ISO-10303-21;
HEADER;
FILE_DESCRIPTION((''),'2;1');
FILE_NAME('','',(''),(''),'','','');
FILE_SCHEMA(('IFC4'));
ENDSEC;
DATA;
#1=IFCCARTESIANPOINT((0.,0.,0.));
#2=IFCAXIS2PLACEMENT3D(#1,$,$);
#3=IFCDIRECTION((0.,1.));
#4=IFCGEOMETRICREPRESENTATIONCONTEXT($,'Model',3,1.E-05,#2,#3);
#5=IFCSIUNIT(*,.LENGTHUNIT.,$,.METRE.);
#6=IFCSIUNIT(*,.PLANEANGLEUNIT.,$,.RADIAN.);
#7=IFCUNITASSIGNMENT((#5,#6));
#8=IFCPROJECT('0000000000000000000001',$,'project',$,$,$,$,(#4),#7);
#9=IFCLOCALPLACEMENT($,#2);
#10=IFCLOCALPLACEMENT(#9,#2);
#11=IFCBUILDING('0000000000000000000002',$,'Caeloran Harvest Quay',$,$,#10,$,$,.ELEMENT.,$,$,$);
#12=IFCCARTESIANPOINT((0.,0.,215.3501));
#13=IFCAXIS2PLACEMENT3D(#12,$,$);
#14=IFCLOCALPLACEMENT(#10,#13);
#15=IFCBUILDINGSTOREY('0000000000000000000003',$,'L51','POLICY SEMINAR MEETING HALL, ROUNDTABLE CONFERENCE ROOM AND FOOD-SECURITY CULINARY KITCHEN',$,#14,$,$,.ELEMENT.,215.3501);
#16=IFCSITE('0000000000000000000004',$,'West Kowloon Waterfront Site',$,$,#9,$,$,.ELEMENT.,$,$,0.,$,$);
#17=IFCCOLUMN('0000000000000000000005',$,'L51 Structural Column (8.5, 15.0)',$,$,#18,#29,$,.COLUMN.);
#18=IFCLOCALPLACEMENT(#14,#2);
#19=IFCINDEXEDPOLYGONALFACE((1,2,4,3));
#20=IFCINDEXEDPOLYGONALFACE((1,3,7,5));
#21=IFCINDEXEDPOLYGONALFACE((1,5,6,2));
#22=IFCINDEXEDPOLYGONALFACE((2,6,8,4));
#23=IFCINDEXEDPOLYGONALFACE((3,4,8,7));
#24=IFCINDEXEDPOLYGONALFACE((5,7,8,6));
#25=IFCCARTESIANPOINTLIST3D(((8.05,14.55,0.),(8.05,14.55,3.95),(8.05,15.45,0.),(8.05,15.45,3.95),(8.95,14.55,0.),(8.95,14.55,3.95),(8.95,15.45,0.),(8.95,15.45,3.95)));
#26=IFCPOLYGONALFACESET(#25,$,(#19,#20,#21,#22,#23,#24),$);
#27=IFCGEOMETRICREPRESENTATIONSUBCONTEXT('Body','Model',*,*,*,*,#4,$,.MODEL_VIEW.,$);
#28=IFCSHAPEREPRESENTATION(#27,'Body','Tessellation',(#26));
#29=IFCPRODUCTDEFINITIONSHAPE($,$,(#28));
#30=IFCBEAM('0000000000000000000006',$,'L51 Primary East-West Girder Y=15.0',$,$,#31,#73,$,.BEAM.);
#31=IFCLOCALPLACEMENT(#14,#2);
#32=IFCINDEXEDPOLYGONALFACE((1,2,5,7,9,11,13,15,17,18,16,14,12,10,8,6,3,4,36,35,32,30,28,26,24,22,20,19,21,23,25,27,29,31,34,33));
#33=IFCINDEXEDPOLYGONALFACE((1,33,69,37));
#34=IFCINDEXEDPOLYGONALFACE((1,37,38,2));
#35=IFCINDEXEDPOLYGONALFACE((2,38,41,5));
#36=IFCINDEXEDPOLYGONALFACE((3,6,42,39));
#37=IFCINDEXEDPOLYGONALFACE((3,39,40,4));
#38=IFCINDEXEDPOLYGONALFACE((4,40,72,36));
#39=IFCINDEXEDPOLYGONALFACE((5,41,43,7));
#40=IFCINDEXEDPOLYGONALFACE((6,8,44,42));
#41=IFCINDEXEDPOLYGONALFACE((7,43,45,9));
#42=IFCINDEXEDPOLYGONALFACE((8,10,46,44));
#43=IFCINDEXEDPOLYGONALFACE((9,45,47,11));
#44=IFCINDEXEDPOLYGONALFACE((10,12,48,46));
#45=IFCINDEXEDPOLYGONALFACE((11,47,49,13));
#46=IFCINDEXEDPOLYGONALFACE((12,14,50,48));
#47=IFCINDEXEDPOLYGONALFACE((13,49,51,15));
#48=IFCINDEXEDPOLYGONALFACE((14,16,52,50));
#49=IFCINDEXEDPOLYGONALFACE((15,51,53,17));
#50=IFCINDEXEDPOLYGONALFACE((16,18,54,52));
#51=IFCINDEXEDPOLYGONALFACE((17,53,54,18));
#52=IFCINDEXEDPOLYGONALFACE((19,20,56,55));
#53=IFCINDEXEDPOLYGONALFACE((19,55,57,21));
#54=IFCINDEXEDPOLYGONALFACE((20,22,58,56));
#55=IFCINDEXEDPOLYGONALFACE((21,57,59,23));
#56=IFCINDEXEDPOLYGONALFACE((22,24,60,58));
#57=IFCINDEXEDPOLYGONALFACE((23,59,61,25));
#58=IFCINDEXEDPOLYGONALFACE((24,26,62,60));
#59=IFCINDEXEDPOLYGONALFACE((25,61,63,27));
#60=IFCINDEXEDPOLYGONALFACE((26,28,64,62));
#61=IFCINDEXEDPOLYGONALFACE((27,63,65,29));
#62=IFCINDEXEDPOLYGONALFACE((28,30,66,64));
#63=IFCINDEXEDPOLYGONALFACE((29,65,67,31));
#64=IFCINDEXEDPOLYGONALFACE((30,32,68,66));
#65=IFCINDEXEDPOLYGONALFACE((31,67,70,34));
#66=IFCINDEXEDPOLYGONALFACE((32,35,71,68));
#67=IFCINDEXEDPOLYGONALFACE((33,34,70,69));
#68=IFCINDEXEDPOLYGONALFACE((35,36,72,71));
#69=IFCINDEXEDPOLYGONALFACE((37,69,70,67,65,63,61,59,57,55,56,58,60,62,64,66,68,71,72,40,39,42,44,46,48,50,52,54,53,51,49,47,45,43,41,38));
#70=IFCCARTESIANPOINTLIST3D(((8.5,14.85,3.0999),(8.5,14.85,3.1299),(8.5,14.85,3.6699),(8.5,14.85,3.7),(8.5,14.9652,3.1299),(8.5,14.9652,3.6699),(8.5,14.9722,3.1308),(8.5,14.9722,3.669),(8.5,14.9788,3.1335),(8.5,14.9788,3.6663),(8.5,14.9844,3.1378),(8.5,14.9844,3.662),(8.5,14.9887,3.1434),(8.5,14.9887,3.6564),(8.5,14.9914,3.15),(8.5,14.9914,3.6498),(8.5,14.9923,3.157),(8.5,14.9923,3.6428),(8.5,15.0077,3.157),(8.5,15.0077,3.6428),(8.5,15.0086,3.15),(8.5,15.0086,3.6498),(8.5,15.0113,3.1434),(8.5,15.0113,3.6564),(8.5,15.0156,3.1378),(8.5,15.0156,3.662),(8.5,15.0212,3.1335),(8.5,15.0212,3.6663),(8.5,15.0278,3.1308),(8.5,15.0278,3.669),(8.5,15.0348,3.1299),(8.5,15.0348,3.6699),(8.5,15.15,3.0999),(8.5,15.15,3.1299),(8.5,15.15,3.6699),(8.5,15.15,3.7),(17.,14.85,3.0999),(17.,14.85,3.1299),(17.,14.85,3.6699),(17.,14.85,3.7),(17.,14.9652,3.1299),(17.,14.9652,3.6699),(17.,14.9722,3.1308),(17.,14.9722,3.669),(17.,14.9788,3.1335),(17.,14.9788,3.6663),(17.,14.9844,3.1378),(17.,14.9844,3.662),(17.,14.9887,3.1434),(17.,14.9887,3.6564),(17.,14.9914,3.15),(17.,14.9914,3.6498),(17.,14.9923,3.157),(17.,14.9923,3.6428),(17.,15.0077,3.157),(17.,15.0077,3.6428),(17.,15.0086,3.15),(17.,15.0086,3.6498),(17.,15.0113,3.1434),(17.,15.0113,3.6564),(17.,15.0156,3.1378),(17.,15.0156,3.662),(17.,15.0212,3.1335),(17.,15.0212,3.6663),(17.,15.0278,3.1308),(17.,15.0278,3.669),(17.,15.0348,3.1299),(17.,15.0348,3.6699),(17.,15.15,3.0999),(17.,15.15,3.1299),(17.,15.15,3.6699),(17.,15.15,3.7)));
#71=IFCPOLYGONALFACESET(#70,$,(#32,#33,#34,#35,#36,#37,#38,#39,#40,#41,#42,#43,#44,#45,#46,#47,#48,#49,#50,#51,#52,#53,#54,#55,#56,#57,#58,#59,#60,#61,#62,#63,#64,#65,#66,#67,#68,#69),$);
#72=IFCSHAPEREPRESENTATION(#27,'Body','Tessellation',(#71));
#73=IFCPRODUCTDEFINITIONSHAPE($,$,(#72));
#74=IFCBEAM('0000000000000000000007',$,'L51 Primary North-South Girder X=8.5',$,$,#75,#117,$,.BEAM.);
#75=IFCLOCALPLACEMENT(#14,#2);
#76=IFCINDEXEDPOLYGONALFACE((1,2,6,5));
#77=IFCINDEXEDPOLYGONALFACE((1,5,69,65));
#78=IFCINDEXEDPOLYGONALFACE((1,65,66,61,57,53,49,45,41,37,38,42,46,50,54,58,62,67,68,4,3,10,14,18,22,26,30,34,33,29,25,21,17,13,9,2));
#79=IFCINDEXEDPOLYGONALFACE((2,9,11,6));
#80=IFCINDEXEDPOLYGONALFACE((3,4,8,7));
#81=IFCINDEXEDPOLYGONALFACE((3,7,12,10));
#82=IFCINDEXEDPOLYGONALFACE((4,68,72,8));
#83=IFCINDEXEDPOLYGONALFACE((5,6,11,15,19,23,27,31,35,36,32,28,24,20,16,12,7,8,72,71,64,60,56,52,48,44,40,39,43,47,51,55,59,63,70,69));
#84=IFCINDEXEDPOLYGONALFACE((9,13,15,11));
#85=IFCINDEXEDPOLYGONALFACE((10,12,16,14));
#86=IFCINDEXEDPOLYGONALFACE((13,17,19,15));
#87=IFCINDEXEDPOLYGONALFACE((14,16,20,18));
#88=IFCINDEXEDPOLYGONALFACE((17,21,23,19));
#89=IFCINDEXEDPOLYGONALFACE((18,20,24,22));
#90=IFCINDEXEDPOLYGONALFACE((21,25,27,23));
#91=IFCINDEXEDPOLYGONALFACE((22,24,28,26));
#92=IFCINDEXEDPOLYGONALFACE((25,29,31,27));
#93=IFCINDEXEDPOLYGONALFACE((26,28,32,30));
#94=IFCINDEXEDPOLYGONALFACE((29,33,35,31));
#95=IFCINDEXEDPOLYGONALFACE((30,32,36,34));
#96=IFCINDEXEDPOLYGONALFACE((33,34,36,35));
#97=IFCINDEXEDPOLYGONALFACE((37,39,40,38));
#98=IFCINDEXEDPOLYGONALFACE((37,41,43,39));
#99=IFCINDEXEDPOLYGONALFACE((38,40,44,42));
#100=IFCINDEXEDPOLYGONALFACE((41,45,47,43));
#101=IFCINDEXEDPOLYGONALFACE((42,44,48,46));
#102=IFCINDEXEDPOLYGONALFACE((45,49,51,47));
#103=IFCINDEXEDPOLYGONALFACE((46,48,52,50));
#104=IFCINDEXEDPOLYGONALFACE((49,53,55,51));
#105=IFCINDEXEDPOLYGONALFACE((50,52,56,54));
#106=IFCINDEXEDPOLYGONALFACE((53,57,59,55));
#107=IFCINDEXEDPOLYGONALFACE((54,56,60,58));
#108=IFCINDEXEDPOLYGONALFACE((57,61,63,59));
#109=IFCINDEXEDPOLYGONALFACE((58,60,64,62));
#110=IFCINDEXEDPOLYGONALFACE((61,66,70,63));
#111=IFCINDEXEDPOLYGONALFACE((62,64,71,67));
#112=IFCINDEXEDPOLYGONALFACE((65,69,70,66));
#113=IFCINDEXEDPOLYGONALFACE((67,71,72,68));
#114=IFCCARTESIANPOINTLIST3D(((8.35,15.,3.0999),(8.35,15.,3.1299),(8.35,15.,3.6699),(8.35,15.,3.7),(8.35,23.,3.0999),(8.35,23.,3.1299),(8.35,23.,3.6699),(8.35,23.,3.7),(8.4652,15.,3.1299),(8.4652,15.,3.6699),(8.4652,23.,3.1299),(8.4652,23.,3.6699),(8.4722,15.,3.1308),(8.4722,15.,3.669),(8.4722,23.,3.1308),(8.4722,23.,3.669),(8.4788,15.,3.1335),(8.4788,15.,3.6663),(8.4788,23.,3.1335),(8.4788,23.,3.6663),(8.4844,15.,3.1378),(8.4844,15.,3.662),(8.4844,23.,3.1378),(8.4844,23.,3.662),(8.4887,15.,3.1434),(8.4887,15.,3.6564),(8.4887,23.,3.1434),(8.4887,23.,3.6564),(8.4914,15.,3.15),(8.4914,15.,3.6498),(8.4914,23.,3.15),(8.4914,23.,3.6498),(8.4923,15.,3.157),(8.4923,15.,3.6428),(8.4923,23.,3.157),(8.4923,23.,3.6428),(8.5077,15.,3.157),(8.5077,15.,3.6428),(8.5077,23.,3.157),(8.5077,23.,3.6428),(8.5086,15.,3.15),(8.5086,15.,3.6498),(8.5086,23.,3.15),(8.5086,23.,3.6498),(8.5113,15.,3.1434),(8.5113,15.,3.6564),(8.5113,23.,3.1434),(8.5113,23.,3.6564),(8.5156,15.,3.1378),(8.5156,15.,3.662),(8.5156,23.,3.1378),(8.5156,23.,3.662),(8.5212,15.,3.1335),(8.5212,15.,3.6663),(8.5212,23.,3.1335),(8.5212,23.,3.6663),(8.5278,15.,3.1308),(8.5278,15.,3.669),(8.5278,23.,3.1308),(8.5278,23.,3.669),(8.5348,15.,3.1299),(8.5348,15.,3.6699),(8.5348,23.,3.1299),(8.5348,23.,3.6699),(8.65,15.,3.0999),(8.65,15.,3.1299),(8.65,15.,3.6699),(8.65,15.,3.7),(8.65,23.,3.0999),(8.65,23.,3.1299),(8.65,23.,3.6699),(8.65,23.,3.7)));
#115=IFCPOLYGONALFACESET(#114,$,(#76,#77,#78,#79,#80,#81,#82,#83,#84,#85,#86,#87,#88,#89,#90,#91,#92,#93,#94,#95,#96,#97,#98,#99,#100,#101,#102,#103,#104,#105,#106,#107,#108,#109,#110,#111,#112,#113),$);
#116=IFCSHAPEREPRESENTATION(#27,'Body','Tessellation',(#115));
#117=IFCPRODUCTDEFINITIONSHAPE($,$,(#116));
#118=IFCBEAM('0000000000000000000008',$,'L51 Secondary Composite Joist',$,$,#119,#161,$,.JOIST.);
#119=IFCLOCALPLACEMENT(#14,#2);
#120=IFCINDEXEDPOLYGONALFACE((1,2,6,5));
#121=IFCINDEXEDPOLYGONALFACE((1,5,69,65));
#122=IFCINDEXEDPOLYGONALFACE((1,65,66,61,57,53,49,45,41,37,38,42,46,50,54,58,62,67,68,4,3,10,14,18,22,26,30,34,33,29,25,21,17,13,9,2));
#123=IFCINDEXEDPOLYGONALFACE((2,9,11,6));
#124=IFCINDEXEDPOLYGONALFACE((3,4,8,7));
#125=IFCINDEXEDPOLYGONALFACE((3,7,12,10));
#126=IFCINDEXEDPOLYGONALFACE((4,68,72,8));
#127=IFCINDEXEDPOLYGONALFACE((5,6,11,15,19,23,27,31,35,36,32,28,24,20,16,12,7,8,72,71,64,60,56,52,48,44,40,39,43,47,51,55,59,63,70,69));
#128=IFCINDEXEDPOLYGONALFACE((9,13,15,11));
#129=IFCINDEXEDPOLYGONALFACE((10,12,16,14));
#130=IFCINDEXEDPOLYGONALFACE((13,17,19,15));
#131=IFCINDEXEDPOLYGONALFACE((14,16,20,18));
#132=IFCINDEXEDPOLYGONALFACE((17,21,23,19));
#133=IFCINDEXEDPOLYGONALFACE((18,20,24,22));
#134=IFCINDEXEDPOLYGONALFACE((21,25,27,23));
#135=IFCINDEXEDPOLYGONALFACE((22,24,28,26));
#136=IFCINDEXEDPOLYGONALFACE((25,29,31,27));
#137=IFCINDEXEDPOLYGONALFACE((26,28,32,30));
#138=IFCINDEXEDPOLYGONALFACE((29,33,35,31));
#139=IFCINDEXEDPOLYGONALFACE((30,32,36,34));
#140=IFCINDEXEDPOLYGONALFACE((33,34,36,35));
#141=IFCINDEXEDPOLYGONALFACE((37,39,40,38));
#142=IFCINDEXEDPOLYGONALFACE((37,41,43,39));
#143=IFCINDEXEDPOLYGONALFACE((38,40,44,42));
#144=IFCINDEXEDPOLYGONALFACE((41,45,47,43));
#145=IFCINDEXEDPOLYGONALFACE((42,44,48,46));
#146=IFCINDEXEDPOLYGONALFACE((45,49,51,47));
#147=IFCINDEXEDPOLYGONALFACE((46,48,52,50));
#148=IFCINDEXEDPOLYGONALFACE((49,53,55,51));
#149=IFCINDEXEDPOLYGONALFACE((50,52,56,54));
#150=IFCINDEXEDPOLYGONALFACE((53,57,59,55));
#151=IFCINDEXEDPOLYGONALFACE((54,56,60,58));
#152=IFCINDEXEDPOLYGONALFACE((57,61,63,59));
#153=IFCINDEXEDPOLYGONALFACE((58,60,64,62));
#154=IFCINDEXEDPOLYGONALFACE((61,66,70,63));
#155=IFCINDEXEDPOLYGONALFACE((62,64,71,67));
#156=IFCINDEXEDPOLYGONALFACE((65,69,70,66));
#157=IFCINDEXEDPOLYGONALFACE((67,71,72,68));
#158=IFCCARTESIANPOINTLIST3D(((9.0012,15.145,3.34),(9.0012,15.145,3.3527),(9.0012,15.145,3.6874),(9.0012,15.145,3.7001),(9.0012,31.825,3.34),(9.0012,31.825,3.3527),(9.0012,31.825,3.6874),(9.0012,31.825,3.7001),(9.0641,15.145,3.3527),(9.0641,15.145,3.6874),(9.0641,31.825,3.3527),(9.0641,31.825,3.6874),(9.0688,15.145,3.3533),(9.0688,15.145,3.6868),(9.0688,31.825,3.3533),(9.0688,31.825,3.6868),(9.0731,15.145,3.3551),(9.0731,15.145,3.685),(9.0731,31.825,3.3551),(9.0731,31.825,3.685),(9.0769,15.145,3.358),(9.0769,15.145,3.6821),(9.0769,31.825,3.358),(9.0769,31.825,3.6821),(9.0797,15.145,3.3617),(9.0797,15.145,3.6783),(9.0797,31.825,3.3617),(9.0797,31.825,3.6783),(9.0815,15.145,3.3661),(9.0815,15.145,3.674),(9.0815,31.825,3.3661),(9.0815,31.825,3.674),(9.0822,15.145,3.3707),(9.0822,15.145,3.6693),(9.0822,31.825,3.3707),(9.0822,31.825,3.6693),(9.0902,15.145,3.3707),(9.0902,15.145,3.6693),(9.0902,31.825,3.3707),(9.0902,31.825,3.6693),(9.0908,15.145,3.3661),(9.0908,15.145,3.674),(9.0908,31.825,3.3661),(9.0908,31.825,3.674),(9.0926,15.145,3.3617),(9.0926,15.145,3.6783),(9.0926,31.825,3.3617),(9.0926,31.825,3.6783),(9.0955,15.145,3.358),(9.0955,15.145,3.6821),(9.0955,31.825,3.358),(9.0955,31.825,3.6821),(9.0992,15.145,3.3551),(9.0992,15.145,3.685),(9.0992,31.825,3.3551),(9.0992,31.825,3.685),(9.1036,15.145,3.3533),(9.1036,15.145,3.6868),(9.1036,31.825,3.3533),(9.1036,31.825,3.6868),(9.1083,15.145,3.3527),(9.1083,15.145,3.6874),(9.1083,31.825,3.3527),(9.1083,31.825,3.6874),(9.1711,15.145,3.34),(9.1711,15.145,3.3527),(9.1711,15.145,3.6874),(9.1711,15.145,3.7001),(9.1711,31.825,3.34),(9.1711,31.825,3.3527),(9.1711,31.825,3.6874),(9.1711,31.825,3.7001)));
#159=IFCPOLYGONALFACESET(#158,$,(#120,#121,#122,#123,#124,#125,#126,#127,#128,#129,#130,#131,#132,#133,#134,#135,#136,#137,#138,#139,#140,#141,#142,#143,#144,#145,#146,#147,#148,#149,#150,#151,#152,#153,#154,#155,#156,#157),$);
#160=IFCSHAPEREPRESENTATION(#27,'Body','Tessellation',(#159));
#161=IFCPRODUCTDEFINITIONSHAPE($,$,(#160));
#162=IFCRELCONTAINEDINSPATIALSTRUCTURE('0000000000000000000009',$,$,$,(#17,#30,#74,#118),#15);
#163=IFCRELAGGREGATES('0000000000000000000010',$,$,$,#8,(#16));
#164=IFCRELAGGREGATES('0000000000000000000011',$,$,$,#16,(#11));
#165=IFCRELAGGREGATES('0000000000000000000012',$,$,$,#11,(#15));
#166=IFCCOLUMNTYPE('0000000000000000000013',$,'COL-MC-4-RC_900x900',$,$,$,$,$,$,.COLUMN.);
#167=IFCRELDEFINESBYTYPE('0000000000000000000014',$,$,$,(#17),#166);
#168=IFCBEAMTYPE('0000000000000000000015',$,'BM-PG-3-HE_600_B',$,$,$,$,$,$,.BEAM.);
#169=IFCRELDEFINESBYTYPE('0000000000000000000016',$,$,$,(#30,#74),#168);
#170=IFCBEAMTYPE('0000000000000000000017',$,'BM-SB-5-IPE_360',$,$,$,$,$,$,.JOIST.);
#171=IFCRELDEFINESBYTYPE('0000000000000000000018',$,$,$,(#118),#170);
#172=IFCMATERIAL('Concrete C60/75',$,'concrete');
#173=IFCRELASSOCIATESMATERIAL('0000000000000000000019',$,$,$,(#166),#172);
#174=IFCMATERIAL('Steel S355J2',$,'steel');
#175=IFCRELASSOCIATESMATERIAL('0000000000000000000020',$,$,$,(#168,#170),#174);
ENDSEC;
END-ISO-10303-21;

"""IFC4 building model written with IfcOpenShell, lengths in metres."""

from ifc_helpers import new_model, si_unit, direction, frame, origin, origin_2d, place, context, subcontext, project, spatial, rectangle, i_section, extrude, material, material_profile, profile_set, type_object, element, save


model = new_model("IFC4")

# Units and contexts
model_context = context("Model", 3, precision=1e-05, world=origin(), true_north=direction((0.0, 1.0)))
body_context = subcontext(model_context, "Body", "Model", "MODEL_VIEW")
ifc_project = project(units=[si_unit("LENGTHUNIT", "METRE"), si_unit("PLANEANGLEUNIT", "RADIAN")], contexts=[model_context])

# Site, building, storey
site_placement = place(None, origin())
site = spatial("IfcSite", under=ifc_project, at=site_placement, Name="West Kowloon Waterfront Site", CompositionType="ELEMENT", RefElevation=0.0)
building_placement = place(site_placement, origin())
building = spatial("IfcBuilding", under=site, at=building_placement, Name="Caeloran Harvest Quay", CompositionType="ELEMENT")
storey_placement = place(building_placement, frame((0.0, 0.0, 215.3501)))
storey = spatial("IfcBuildingStorey", under=building, at=storey_placement, Name="L51", Description="POLICY SEMINAR MEETING HALL, ROUNDTABLE CONFERENCE ROOM AND FOOD-SECURITY CULINARY KITCHEN", CompositionType="ELEMENT", Elevation=215.3501)

# Column
ifc_material_1 = material(Name="Concrete C60/75", Category="concrete")
ifc_material_profile_1 = material_profile(ifc_material_1, rectangle(XDim=0.8999, YDim=0.8999, at=origin_2d()), Name="RC 900x900")
ifc_profile_set_1 = profile_set([ifc_material_profile_1], Name="Concrete C60/75")
column_type = type_object("IfcColumnType", Name="COL-MC-4-RC_900x900", PredefinedType="COLUMN", material=ifc_profile_set_1)
column_placement = place(storey_placement, frame((8.5, 15.0, 0.0), z_axis=(0.0, 0.0, 1.0), x_axis=(1.0, 0.0, 0.0)))
element("IfcColumn", 1, at=column_placement, inside=storey, type_object=column_type, Name="L51 Structural Column (8.5, 15.0)", PredefinedType="COLUMN", context=body_context, shape_type="SweptSolid", body=[
    extrude(rectangle(XDim=0.8999, YDim=0.8999, at=origin_2d()), origin(), (0.0, 0.0, 1.0), 3.95),
])

# Beams
ifc_material_2 = material(Name="Steel S355J2", Category="steel")
ifc_material_profile_2 = material_profile(ifc_material_2, i_section(OverallWidth=0.3, OverallDepth=0.6001, WebThickness=0.0154, FlangeThickness=0.03, FilletRadius=0.0271, at=origin_2d()), Name="HE 600 B")
ifc_profile_set_2 = profile_set([ifc_material_profile_2], Name="Steel S355J2")
beam_type_1 = type_object("IfcBeamType", Name="BM-PG-3-HE_600_B", PredefinedType="BEAM", material=ifc_profile_set_2)
beam_1_placement = place(storey_placement, frame((8.5, 15.0, 3.3999), z_axis=(1.0, 0.0, 0.0), x_axis=(0.0, 1.0, 0.0)))
element("IfcBeam", 2, at=beam_1_placement, inside=storey, type_object=beam_type_1, Name="L51 Primary East-West Girder Y=15.0", PredefinedType="BEAM", context=body_context, shape_type="SweptSolid", body=[
    extrude(i_section(OverallWidth=0.3, OverallDepth=0.6001, WebThickness=0.0154, FlangeThickness=0.03, FilletRadius=0.0271, at=origin_2d()), origin(), (0.0, 0.0, 1.0), 8.5),
])
beam_2_placement = place(storey_placement, frame((8.5, 15.0, 3.3999), z_axis=(0.0, 1.0, 0.0), x_axis=(-1.0, 0.0, 0.0)))
element("IfcBeam", 3, at=beam_2_placement, inside=storey, type_object=beam_type_1, Name="L51 Primary North-South Girder X=8.5", PredefinedType="BEAM", context=body_context, shape_type="SweptSolid", body=[
    extrude(i_section(OverallWidth=0.3, OverallDepth=0.6001, WebThickness=0.0154, FlangeThickness=0.03, FilletRadius=0.0271, at=origin_2d()), origin(), (0.0, 0.0, 1.0), 8.0),
])
ifc_material_profile_3 = material_profile(ifc_material_2, i_section(OverallWidth=0.1699, OverallDepth=0.3601, WebThickness=0.0081, FlangeThickness=0.0127, FilletRadius=0.0181, at=origin_2d()), Name="IPE 360")
ifc_profile_set_3 = profile_set([ifc_material_profile_3], Name="Steel S355J2")
beam_type_2 = type_object("IfcBeamType", Name="BM-SB-5-IPE_360", PredefinedType="JOIST", material=ifc_profile_set_3)
for number, where, z_axis, x_axis, name in (
    (4, (9.0862, 15.145, 3.52), (0.0, 1.0, 0.0), (-1.0, 0.0, 0.0), "L51 Secondary Composite Joist"),
):
    element("IfcBeam", number, at=place(storey_placement, frame(where, z_axis=z_axis, x_axis=x_axis)), inside=storey, type_object=beam_type_2, Name=name, PredefinedType="JOIST", context=body_context, shape_type="SweptSolid", body=[
        extrude(i_section(OverallWidth=0.1699, OverallDepth=0.3601, WebThickness=0.0081, FlangeThickness=0.0127, FilletRadius=0.0181, at=origin_2d()), origin(), (0.0, 0.0, 1.0), 16.6799),
    ])

save(model, "model.ifc")
